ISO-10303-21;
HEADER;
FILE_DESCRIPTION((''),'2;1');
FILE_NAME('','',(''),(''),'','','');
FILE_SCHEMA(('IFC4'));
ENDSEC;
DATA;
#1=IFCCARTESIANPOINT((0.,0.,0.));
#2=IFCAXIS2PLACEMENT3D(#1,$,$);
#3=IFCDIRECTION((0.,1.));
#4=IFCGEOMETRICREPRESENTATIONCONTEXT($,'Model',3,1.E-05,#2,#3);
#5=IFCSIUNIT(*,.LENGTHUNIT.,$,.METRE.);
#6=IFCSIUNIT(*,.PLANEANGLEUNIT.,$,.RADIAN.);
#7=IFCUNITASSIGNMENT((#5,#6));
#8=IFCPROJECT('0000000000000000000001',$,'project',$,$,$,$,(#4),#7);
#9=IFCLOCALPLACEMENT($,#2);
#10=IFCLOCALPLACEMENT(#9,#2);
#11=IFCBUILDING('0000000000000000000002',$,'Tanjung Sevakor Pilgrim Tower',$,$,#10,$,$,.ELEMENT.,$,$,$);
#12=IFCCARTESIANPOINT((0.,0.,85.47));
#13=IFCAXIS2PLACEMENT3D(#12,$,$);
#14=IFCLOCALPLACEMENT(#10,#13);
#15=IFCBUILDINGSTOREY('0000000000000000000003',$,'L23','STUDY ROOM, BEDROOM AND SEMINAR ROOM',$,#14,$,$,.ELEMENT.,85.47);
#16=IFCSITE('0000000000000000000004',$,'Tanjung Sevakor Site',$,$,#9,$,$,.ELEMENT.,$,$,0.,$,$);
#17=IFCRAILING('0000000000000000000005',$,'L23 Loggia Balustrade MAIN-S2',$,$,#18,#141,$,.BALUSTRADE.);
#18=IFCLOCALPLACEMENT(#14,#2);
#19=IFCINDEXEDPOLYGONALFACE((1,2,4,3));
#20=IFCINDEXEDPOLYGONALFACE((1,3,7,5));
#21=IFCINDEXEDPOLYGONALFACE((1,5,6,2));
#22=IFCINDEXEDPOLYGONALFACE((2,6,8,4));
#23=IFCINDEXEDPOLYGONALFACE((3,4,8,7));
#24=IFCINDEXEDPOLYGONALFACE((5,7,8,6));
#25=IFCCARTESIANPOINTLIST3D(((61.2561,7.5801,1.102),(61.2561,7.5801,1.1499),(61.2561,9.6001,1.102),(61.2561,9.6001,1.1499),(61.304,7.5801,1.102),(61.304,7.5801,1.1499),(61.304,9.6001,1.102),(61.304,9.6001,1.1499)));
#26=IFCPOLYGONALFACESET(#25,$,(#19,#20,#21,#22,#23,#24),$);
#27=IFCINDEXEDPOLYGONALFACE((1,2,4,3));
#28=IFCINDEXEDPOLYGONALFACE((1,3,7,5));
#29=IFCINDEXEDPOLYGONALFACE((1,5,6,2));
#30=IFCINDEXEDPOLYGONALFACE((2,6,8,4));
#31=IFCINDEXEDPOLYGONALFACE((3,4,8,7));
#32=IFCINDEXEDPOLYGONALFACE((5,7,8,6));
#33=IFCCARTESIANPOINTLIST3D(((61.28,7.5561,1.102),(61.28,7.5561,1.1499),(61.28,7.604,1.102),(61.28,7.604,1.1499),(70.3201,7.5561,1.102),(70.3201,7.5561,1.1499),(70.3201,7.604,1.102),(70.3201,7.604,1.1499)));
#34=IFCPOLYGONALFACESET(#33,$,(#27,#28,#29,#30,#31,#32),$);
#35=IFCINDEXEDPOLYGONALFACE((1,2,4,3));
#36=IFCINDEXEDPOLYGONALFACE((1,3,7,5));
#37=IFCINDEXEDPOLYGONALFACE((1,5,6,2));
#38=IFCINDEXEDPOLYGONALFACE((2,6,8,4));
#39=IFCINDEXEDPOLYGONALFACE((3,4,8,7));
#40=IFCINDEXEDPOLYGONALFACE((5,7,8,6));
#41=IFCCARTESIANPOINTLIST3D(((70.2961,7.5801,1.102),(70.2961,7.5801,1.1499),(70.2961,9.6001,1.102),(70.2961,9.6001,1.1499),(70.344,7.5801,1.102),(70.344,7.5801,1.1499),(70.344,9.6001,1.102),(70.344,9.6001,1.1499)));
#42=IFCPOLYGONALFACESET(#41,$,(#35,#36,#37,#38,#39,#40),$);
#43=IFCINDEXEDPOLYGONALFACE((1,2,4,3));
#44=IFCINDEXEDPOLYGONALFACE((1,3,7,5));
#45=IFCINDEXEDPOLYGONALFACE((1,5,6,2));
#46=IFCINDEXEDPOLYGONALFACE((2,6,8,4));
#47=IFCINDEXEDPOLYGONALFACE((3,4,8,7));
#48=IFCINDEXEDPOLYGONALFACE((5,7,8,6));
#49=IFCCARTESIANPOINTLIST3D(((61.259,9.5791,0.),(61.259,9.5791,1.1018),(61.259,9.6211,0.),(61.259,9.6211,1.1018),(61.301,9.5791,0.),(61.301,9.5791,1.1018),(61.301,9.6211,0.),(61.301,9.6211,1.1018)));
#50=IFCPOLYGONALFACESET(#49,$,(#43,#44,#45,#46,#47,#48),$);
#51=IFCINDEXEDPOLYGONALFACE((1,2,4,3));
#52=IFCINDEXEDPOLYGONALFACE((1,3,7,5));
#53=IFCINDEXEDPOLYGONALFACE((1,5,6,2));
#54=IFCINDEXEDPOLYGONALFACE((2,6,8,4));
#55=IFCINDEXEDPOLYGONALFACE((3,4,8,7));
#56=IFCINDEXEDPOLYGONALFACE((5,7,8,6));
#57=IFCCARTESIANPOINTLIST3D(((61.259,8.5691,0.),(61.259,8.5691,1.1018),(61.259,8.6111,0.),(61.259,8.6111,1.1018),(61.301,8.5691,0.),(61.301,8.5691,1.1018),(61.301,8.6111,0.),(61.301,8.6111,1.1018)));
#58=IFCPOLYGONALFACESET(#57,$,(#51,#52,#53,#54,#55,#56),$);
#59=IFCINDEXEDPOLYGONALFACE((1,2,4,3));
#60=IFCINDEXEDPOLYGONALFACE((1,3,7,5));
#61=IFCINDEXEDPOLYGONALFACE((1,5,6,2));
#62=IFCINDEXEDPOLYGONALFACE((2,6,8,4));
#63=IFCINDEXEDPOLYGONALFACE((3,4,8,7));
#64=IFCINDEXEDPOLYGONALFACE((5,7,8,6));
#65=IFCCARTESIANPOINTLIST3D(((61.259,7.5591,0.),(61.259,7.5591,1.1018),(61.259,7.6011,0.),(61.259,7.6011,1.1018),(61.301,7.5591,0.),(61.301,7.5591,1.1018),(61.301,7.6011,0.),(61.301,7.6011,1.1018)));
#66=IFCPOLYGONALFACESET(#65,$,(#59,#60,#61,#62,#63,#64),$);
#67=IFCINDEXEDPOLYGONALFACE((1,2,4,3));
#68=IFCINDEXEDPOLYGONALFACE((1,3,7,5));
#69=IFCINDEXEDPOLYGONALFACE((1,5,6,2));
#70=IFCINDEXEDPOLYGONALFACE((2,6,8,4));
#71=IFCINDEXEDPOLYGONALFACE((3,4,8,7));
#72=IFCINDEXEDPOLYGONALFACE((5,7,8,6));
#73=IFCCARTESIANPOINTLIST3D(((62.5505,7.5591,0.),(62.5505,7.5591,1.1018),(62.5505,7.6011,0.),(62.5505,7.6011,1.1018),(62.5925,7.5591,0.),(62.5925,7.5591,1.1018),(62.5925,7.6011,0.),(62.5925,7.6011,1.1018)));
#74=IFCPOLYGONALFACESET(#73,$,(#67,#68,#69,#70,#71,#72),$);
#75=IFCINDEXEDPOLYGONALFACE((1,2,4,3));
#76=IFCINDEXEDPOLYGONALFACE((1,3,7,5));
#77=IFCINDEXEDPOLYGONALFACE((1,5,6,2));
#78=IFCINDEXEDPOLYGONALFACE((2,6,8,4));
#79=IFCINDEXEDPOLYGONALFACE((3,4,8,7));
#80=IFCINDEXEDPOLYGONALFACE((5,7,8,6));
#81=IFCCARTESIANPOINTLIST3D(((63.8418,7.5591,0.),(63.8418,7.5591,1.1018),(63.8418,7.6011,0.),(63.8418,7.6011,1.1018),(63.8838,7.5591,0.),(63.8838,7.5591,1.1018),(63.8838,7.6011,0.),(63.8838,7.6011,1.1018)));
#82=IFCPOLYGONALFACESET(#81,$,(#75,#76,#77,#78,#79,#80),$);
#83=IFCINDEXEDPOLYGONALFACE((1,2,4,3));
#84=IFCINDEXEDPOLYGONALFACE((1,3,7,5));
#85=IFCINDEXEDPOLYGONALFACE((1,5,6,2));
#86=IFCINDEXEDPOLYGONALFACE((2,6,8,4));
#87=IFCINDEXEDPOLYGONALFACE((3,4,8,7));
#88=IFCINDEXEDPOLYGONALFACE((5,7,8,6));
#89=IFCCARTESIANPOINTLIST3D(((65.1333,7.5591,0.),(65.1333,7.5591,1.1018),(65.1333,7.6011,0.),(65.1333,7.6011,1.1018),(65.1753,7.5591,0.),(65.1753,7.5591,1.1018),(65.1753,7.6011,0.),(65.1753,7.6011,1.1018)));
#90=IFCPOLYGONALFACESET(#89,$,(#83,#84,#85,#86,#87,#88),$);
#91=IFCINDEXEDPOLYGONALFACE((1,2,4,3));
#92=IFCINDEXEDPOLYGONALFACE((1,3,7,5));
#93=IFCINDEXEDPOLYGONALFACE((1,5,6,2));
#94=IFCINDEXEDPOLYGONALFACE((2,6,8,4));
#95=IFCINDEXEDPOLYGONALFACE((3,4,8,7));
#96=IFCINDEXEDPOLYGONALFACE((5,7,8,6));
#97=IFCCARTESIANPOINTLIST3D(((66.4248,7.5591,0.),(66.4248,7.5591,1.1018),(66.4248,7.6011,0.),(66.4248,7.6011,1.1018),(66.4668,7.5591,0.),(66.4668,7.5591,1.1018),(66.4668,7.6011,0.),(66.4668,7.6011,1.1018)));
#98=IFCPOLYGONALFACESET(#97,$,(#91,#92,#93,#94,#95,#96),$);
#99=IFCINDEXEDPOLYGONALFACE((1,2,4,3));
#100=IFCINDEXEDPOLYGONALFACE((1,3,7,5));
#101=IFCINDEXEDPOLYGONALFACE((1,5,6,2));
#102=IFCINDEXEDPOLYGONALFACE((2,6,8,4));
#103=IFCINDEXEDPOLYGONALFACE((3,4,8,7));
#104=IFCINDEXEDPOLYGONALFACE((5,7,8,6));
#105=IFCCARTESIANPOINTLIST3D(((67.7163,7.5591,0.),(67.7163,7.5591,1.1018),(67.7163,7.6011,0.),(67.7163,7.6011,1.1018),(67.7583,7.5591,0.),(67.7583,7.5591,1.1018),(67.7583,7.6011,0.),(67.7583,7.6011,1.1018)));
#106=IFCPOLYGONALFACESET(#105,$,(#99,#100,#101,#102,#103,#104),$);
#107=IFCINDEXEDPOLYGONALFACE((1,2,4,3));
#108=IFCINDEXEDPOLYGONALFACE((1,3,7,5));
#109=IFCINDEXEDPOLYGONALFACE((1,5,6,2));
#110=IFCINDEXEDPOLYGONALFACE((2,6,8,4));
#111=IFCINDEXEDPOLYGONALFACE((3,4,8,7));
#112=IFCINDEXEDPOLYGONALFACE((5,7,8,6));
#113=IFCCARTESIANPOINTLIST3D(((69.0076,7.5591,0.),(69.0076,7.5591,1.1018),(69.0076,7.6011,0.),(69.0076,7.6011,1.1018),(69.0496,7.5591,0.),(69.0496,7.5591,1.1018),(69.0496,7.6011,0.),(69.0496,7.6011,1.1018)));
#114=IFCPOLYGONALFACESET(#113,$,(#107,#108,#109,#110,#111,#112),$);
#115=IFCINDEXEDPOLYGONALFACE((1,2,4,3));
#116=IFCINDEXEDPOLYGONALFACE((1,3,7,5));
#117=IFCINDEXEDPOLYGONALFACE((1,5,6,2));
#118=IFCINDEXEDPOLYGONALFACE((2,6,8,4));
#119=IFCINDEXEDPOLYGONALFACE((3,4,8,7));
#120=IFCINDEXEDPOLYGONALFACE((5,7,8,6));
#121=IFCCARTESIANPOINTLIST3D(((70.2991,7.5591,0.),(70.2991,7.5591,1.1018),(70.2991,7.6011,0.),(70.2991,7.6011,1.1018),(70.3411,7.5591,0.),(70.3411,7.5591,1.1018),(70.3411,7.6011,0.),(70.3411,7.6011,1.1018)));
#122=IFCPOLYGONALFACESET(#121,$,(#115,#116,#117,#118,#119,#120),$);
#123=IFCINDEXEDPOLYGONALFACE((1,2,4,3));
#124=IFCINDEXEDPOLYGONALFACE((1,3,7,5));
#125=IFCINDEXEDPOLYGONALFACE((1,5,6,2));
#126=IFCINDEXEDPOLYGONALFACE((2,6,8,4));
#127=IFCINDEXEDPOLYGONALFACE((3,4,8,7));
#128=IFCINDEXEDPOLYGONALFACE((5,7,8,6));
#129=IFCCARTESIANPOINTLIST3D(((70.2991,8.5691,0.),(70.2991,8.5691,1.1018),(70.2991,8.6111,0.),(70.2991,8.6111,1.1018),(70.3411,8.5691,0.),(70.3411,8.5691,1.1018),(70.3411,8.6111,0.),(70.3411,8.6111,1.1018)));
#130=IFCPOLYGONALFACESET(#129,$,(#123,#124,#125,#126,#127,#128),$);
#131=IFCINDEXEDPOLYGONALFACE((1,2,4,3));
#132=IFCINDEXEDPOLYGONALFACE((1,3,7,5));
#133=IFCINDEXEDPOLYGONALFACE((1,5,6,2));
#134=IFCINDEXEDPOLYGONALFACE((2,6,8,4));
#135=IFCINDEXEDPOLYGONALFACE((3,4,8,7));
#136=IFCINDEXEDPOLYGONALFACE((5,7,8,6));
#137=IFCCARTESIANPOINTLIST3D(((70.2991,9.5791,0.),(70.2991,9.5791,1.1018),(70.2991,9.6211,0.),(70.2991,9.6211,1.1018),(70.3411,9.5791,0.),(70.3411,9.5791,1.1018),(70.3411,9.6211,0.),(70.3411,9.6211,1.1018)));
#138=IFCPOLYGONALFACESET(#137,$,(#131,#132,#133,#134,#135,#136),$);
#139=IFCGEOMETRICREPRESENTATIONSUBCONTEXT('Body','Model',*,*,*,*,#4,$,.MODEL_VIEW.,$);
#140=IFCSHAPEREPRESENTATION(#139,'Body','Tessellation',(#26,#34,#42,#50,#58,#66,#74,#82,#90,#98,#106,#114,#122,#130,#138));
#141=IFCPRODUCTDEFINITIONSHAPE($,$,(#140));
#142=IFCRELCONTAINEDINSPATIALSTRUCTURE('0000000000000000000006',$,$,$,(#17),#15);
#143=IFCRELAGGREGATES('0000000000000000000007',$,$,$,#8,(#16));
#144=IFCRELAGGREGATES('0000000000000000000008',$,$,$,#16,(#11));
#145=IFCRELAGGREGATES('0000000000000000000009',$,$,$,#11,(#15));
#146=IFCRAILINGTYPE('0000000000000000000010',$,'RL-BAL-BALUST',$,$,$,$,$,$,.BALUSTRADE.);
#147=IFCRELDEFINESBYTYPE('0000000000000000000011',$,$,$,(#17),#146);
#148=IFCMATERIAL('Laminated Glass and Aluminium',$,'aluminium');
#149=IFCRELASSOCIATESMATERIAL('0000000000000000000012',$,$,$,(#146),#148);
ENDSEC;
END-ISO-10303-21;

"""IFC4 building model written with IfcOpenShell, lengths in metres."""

from ifc_helpers import new_model, si_unit, direction, frame, origin, place, context, subcontext, project, spatial, rectangle, extrude, material, type_object, element, save


model = new_model("IFC4")

# Units and contexts
model_context = context("Model", 3, precision=1e-05, world=origin(), true_north=direction((0.0, 1.0)))
body_context = subcontext(model_context, "Body", "Model", "MODEL_VIEW")
ifc_project = project(units=[si_unit("LENGTHUNIT", "METRE"), si_unit("PLANEANGLEUNIT", "RADIAN")], contexts=[model_context])

# Site, building, storey
site_placement = place(None, origin())
site = spatial("IfcSite", under=ifc_project, at=site_placement, Name="Tanjung Sevakor Site", CompositionType="ELEMENT", RefElevation=0.0)
building_placement = place(site_placement, origin())
building = spatial("IfcBuilding", under=site, at=building_placement, Name="Tanjung Sevakor Pilgrim Tower", CompositionType="ELEMENT")
storey_placement = place(building_placement, frame((0.0, 0.0, 85.47)))
storey = spatial("IfcBuildingStorey", under=building, at=storey_placement, Name="L23", Description="STUDY ROOM, BEDROOM AND SEMINAR ROOM", CompositionType="ELEMENT", Elevation=85.47)

# Railing
ifc_material_1 = material(Name="Laminated Glass and Aluminium", Category="aluminium")
railing_type = type_object("IfcRailingType", Name="RL-BAL-BALUST", PredefinedType="BALUSTRADE", material=ifc_material_1)
railing_placement = place(storey_placement, frame((61.28, 9.6001, 0.0)))
element("IfcRailing", 1, at=railing_placement, inside=storey, type_object=railing_type, Name="L23 Loggia Balustrade MAIN-S2", PredefinedType="BALUSTRADE", context=body_context, shape_type="SweptSolid", body=[
    extrude(rectangle(XDim=0.0479, YDim=0.0479), frame((0.0, 0.0, 1.126), z_axis=(0.0, -1.0, 0.0), x_axis=(1.0, 0.0, 0.0)), (0.0, 0.0, 1.0), 2.02),
    extrude(rectangle(XDim=0.0479, YDim=0.0479), frame((0.0, -2.02, 1.126), z_axis=(1.0, 0.0, 0.0), x_axis=(0.0, 1.0, 0.0)), (0.0, 0.0, 1.0), 9.04),
    extrude(rectangle(XDim=0.0479, YDim=0.0479), frame((9.04, -2.02, 1.126), z_axis=(0.0, 1.0, 0.0), x_axis=(-1.0, 0.0, 0.0)), (0.0, 0.0, 1.0), 2.02),
    extrude(rectangle(XDim=0.042, YDim=0.042), origin(), (0.0, 0.0, 1.0), 1.1018),
    extrude(rectangle(XDim=0.042, YDim=0.042), frame((0.0, -1.01, 0.0)), (0.0, 0.0, 1.0), 1.1018),
    extrude(rectangle(XDim=0.042, YDim=0.042), frame((0.0, -2.02, 0.0)), (0.0, 0.0, 1.0), 1.1018),
    extrude(rectangle(XDim=0.042, YDim=0.042), frame((1.2915, -2.02, 0.0)), (0.0, 0.0, 1.0), 1.1018),
    extrude(rectangle(XDim=0.042, YDim=0.042), frame((2.5828, -2.02, 0.0)), (0.0, 0.0, 1.0), 1.1018),
    extrude(rectangle(XDim=0.042, YDim=0.042), frame((3.8743, -2.02, 0.0)), (0.0, 0.0, 1.0), 1.1018),
    extrude(rectangle(XDim=0.042, YDim=0.042), frame((5.1658, -2.02, 0.0)), (0.0, 0.0, 1.0), 1.1018),
    extrude(rectangle(XDim=0.042, YDim=0.042), frame((6.4573, -2.02, 0.0)), (0.0, 0.0, 1.0), 1.1018),
    extrude(rectangle(XDim=0.042, YDim=0.042), frame((7.7485, -2.02, 0.0)), (0.0, 0.0, 1.0), 1.1018),
    extrude(rectangle(XDim=0.042, YDim=0.042), frame((9.04, -2.02, 0.0)), (0.0, 0.0, 1.0), 1.1018),
    extrude(rectangle(XDim=0.042, YDim=0.042), frame((9.04, -1.01, 0.0)), (0.0, 0.0, 1.0), 1.1018),
    extrude(rectangle(XDim=0.042, YDim=0.042), frame((9.04, 0.0, 0.0)), (0.0, 0.0, 1.0), 1.1018),
])

save(model, "model.ifc")
